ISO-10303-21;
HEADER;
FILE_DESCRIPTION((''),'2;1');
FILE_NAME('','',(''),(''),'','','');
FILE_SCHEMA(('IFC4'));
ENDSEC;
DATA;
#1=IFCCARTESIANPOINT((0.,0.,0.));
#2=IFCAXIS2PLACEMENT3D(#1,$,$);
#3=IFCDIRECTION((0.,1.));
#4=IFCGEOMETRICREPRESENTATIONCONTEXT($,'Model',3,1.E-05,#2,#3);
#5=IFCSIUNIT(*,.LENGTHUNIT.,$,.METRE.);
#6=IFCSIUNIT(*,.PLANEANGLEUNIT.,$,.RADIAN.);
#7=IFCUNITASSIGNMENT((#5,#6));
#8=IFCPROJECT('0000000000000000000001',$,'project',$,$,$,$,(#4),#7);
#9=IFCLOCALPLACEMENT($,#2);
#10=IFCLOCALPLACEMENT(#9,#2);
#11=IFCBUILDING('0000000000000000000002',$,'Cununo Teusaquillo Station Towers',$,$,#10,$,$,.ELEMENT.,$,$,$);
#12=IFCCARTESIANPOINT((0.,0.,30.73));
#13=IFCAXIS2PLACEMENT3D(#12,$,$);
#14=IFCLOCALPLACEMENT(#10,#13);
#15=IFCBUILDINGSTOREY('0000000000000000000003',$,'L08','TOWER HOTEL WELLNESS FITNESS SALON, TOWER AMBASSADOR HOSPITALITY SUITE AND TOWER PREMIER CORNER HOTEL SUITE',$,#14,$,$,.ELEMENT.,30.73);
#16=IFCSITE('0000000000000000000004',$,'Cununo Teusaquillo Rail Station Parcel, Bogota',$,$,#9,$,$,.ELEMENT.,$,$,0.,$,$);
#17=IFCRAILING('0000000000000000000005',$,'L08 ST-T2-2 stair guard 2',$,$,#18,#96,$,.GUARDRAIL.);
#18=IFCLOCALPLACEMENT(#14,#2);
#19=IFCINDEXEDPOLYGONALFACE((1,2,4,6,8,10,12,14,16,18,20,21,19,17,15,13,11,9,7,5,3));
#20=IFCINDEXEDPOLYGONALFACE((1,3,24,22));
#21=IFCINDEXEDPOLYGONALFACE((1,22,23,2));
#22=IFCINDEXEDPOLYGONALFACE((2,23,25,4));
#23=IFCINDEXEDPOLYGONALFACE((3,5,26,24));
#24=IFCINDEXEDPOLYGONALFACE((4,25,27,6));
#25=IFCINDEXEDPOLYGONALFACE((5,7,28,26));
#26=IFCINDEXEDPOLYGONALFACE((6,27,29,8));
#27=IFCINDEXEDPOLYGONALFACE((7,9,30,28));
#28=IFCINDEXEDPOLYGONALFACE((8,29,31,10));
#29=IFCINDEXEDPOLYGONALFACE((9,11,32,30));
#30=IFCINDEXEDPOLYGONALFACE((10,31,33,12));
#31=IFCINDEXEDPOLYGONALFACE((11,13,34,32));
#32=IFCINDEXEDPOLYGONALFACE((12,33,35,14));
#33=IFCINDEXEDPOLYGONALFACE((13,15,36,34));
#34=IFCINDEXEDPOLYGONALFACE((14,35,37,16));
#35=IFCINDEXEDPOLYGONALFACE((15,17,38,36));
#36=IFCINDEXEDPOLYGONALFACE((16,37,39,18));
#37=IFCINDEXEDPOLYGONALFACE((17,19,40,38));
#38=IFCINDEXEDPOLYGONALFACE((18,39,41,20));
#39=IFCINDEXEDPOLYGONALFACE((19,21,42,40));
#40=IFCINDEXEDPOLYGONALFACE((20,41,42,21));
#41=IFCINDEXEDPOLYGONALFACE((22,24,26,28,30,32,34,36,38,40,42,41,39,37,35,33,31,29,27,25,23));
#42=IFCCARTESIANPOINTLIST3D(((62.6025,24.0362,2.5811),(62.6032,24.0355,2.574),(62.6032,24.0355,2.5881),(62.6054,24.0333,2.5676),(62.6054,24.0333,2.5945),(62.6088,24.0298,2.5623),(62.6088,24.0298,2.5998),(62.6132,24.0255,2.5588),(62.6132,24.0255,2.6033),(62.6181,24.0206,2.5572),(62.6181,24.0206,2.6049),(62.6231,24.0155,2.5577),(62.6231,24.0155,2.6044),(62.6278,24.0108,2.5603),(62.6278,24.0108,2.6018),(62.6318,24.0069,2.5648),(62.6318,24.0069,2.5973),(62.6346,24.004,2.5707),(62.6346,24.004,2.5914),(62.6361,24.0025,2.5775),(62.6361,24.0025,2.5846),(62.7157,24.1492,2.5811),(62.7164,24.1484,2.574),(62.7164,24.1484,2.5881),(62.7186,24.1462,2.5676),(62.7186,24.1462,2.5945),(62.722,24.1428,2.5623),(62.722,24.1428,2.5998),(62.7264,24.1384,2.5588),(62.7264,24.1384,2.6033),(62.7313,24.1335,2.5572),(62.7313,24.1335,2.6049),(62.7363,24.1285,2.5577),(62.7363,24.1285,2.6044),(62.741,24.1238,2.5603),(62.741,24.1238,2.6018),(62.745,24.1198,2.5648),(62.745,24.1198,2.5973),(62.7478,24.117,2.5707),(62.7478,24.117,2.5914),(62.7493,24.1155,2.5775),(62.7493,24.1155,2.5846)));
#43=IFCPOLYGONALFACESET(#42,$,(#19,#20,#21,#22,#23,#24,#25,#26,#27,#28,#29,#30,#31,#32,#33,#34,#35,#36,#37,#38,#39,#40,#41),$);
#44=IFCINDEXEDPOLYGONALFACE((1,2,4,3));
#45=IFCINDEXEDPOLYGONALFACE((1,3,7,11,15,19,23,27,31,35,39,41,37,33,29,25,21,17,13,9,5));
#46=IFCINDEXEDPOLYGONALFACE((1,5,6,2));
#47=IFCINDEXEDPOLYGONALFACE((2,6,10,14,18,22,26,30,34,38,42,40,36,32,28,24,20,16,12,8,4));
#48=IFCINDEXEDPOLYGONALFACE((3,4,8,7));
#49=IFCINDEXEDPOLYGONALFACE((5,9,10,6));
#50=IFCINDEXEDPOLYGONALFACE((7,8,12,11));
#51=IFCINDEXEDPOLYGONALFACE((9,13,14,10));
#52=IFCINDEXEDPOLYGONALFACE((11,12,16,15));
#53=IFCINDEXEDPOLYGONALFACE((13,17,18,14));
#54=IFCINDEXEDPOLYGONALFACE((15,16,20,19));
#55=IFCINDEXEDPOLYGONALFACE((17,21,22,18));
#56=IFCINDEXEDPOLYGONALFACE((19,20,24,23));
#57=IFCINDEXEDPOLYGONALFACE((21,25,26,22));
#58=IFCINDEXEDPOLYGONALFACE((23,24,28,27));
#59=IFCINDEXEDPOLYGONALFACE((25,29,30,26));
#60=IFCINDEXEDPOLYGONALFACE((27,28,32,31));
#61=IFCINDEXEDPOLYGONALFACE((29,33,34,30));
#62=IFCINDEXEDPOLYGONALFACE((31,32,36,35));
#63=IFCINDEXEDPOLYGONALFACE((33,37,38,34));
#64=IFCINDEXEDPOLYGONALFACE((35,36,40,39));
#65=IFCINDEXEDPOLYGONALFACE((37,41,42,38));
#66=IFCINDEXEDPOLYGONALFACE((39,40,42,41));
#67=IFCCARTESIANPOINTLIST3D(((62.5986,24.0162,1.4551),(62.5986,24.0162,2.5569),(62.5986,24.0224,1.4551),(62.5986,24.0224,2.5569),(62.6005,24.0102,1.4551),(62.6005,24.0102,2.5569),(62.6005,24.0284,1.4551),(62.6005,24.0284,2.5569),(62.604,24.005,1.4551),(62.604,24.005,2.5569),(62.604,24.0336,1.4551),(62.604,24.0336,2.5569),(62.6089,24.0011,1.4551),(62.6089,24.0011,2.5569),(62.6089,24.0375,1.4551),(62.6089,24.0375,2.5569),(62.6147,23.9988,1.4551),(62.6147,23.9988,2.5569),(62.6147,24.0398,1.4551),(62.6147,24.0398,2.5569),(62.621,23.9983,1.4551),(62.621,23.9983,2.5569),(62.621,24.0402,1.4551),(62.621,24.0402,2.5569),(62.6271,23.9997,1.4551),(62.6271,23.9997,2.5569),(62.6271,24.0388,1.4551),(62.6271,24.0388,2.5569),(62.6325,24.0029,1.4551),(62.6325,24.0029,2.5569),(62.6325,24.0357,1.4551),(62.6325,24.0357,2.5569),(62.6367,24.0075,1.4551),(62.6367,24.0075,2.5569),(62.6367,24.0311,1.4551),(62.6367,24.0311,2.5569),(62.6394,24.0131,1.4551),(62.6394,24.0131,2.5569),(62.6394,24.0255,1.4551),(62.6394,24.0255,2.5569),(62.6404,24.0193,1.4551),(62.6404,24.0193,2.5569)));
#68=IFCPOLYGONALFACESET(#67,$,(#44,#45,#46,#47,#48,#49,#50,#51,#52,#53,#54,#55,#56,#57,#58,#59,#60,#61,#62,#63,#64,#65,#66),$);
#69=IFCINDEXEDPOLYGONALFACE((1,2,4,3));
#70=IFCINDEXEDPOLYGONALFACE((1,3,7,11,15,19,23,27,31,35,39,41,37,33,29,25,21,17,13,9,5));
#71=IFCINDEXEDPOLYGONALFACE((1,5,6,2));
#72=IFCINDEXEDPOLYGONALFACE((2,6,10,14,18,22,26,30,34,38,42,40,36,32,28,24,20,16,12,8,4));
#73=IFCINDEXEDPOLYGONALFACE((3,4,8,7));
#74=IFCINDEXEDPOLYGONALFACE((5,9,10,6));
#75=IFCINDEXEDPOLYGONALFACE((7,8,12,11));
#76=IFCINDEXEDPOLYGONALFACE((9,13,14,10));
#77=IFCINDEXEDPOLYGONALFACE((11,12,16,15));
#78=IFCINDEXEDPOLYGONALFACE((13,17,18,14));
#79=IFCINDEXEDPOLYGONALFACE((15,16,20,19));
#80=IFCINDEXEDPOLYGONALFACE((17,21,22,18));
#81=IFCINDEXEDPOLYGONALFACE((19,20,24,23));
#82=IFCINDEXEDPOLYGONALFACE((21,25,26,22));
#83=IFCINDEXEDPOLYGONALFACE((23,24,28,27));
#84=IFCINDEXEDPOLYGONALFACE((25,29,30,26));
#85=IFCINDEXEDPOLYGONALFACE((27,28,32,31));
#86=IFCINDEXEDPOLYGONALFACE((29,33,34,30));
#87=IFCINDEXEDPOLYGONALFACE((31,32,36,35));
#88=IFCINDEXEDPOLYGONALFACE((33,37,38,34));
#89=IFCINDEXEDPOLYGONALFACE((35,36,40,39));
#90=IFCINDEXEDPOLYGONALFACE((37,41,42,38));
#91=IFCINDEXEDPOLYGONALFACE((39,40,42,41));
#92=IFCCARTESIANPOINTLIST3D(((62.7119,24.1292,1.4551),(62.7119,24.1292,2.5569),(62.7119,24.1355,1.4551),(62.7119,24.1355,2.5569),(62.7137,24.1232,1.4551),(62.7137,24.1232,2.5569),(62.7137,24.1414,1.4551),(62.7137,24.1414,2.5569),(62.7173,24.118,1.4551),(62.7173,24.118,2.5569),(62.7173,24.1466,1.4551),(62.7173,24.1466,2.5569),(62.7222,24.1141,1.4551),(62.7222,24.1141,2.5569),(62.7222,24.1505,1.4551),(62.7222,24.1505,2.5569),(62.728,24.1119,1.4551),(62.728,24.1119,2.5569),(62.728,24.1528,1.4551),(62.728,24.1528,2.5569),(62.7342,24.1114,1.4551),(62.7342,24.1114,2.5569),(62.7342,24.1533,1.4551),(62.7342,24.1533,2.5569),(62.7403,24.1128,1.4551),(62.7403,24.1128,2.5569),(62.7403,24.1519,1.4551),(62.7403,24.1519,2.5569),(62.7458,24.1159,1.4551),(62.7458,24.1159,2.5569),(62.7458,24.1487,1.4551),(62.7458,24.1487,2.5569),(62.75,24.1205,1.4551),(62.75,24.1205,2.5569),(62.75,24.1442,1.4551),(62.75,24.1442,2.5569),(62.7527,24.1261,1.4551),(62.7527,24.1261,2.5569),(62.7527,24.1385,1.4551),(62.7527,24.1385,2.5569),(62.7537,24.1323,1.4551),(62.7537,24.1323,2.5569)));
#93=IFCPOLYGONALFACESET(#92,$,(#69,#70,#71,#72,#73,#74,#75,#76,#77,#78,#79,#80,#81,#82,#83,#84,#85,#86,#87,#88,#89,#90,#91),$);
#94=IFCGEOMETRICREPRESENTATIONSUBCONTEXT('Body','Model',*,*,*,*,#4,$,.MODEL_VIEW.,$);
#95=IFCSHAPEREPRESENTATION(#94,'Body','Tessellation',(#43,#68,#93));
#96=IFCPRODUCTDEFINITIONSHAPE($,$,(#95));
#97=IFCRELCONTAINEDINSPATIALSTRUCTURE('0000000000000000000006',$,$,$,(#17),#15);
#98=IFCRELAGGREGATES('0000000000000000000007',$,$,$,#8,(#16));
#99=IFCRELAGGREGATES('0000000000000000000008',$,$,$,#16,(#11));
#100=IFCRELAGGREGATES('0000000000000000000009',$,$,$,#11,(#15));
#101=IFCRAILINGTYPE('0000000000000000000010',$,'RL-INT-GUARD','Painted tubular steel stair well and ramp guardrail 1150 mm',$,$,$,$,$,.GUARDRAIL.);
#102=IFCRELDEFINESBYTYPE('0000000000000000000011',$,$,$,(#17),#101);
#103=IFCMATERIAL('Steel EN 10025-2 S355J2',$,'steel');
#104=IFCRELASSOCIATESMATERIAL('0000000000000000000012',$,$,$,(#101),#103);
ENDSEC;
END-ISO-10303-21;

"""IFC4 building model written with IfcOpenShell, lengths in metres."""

from ifc_helpers import new_model, si_unit, direction, frame, origin, origin_2d, place, context, subcontext, project, spatial, circle, extrude, material, type_object, element, save


model = new_model("IFC4")

# Units and contexts
model_context = context("Model", 3, precision=1e-05, world=origin(), true_north=direction((0.0, 1.0)))
body_context = subcontext(model_context, "Body", "Model", "MODEL_VIEW")
ifc_project = project(units=[si_unit("LENGTHUNIT", "METRE"), si_unit("PLANEANGLEUNIT", "RADIAN")], contexts=[model_context])

# Site, building, storey
site_placement = place(None, origin())
site = spatial("IfcSite", under=ifc_project, at=site_placement, Name="Cununo Teusaquillo Rail Station Parcel, Bogota", CompositionType="ELEMENT", RefElevation=0.0)
building_placement = place(site_placement, origin())
building = spatial("IfcBuilding", under=site, at=building_placement, Name="Cununo Teusaquillo Station Towers", CompositionType="ELEMENT")
storey_placement = place(building_placement, frame((0.0, 0.0, 30.73)))
storey = spatial("IfcBuildingStorey", under=building, at=storey_placement, Name="L08", Description="TOWER HOTEL WELLNESS FITNESS SALON, TOWER AMBASSADOR HOSPITALITY SUITE AND TOWER PREMIER CORNER HOTEL SUITE", CompositionType="ELEMENT", Elevation=30.73)

# Railing
ifc_material_1 = material(Name="Steel EN 10025-2 S355J2", Category="steel")
railing_type_1 = type_object("IfcRailingType", Name="RL-INT-GUARD", Description="Painted tubular steel stair well and ramp guardrail 1150 mm", PredefinedType="GUARDRAIL", material=ifc_material_1)
railing_1_placement = place(storey_placement, frame((62.6194, 24.0193, 1.4551)))
element("IfcRailing", 1, at=railing_1_placement, inside=storey, type_object=railing_type_1, Name="L08 ST-T2-2 stair guard 2", PredefinedType="GUARDRAIL", context=body_context, shape_type="SweptSolid", body=[
    extrude(circle(Radius=0.0239, at=origin_2d()), frame((0.0, 0.0, 1.126), z_axis=(0.707869, 0.706344, 0.0), x_axis=(-0.706344, 0.707869, 0.0)), (0.0, 0.0, 1.0), 0.1599),
    extrude(circle(Radius=0.021, at=origin_2d()), origin(), (0.0, 0.0, 1.0), 1.1018),
    extrude(circle(Radius=0.021, at=origin_2d()), frame((0.1133, 0.113, 0.0)), (0.0, 0.0, 1.0), 1.1018),
])

save(model, "model.ifc")
